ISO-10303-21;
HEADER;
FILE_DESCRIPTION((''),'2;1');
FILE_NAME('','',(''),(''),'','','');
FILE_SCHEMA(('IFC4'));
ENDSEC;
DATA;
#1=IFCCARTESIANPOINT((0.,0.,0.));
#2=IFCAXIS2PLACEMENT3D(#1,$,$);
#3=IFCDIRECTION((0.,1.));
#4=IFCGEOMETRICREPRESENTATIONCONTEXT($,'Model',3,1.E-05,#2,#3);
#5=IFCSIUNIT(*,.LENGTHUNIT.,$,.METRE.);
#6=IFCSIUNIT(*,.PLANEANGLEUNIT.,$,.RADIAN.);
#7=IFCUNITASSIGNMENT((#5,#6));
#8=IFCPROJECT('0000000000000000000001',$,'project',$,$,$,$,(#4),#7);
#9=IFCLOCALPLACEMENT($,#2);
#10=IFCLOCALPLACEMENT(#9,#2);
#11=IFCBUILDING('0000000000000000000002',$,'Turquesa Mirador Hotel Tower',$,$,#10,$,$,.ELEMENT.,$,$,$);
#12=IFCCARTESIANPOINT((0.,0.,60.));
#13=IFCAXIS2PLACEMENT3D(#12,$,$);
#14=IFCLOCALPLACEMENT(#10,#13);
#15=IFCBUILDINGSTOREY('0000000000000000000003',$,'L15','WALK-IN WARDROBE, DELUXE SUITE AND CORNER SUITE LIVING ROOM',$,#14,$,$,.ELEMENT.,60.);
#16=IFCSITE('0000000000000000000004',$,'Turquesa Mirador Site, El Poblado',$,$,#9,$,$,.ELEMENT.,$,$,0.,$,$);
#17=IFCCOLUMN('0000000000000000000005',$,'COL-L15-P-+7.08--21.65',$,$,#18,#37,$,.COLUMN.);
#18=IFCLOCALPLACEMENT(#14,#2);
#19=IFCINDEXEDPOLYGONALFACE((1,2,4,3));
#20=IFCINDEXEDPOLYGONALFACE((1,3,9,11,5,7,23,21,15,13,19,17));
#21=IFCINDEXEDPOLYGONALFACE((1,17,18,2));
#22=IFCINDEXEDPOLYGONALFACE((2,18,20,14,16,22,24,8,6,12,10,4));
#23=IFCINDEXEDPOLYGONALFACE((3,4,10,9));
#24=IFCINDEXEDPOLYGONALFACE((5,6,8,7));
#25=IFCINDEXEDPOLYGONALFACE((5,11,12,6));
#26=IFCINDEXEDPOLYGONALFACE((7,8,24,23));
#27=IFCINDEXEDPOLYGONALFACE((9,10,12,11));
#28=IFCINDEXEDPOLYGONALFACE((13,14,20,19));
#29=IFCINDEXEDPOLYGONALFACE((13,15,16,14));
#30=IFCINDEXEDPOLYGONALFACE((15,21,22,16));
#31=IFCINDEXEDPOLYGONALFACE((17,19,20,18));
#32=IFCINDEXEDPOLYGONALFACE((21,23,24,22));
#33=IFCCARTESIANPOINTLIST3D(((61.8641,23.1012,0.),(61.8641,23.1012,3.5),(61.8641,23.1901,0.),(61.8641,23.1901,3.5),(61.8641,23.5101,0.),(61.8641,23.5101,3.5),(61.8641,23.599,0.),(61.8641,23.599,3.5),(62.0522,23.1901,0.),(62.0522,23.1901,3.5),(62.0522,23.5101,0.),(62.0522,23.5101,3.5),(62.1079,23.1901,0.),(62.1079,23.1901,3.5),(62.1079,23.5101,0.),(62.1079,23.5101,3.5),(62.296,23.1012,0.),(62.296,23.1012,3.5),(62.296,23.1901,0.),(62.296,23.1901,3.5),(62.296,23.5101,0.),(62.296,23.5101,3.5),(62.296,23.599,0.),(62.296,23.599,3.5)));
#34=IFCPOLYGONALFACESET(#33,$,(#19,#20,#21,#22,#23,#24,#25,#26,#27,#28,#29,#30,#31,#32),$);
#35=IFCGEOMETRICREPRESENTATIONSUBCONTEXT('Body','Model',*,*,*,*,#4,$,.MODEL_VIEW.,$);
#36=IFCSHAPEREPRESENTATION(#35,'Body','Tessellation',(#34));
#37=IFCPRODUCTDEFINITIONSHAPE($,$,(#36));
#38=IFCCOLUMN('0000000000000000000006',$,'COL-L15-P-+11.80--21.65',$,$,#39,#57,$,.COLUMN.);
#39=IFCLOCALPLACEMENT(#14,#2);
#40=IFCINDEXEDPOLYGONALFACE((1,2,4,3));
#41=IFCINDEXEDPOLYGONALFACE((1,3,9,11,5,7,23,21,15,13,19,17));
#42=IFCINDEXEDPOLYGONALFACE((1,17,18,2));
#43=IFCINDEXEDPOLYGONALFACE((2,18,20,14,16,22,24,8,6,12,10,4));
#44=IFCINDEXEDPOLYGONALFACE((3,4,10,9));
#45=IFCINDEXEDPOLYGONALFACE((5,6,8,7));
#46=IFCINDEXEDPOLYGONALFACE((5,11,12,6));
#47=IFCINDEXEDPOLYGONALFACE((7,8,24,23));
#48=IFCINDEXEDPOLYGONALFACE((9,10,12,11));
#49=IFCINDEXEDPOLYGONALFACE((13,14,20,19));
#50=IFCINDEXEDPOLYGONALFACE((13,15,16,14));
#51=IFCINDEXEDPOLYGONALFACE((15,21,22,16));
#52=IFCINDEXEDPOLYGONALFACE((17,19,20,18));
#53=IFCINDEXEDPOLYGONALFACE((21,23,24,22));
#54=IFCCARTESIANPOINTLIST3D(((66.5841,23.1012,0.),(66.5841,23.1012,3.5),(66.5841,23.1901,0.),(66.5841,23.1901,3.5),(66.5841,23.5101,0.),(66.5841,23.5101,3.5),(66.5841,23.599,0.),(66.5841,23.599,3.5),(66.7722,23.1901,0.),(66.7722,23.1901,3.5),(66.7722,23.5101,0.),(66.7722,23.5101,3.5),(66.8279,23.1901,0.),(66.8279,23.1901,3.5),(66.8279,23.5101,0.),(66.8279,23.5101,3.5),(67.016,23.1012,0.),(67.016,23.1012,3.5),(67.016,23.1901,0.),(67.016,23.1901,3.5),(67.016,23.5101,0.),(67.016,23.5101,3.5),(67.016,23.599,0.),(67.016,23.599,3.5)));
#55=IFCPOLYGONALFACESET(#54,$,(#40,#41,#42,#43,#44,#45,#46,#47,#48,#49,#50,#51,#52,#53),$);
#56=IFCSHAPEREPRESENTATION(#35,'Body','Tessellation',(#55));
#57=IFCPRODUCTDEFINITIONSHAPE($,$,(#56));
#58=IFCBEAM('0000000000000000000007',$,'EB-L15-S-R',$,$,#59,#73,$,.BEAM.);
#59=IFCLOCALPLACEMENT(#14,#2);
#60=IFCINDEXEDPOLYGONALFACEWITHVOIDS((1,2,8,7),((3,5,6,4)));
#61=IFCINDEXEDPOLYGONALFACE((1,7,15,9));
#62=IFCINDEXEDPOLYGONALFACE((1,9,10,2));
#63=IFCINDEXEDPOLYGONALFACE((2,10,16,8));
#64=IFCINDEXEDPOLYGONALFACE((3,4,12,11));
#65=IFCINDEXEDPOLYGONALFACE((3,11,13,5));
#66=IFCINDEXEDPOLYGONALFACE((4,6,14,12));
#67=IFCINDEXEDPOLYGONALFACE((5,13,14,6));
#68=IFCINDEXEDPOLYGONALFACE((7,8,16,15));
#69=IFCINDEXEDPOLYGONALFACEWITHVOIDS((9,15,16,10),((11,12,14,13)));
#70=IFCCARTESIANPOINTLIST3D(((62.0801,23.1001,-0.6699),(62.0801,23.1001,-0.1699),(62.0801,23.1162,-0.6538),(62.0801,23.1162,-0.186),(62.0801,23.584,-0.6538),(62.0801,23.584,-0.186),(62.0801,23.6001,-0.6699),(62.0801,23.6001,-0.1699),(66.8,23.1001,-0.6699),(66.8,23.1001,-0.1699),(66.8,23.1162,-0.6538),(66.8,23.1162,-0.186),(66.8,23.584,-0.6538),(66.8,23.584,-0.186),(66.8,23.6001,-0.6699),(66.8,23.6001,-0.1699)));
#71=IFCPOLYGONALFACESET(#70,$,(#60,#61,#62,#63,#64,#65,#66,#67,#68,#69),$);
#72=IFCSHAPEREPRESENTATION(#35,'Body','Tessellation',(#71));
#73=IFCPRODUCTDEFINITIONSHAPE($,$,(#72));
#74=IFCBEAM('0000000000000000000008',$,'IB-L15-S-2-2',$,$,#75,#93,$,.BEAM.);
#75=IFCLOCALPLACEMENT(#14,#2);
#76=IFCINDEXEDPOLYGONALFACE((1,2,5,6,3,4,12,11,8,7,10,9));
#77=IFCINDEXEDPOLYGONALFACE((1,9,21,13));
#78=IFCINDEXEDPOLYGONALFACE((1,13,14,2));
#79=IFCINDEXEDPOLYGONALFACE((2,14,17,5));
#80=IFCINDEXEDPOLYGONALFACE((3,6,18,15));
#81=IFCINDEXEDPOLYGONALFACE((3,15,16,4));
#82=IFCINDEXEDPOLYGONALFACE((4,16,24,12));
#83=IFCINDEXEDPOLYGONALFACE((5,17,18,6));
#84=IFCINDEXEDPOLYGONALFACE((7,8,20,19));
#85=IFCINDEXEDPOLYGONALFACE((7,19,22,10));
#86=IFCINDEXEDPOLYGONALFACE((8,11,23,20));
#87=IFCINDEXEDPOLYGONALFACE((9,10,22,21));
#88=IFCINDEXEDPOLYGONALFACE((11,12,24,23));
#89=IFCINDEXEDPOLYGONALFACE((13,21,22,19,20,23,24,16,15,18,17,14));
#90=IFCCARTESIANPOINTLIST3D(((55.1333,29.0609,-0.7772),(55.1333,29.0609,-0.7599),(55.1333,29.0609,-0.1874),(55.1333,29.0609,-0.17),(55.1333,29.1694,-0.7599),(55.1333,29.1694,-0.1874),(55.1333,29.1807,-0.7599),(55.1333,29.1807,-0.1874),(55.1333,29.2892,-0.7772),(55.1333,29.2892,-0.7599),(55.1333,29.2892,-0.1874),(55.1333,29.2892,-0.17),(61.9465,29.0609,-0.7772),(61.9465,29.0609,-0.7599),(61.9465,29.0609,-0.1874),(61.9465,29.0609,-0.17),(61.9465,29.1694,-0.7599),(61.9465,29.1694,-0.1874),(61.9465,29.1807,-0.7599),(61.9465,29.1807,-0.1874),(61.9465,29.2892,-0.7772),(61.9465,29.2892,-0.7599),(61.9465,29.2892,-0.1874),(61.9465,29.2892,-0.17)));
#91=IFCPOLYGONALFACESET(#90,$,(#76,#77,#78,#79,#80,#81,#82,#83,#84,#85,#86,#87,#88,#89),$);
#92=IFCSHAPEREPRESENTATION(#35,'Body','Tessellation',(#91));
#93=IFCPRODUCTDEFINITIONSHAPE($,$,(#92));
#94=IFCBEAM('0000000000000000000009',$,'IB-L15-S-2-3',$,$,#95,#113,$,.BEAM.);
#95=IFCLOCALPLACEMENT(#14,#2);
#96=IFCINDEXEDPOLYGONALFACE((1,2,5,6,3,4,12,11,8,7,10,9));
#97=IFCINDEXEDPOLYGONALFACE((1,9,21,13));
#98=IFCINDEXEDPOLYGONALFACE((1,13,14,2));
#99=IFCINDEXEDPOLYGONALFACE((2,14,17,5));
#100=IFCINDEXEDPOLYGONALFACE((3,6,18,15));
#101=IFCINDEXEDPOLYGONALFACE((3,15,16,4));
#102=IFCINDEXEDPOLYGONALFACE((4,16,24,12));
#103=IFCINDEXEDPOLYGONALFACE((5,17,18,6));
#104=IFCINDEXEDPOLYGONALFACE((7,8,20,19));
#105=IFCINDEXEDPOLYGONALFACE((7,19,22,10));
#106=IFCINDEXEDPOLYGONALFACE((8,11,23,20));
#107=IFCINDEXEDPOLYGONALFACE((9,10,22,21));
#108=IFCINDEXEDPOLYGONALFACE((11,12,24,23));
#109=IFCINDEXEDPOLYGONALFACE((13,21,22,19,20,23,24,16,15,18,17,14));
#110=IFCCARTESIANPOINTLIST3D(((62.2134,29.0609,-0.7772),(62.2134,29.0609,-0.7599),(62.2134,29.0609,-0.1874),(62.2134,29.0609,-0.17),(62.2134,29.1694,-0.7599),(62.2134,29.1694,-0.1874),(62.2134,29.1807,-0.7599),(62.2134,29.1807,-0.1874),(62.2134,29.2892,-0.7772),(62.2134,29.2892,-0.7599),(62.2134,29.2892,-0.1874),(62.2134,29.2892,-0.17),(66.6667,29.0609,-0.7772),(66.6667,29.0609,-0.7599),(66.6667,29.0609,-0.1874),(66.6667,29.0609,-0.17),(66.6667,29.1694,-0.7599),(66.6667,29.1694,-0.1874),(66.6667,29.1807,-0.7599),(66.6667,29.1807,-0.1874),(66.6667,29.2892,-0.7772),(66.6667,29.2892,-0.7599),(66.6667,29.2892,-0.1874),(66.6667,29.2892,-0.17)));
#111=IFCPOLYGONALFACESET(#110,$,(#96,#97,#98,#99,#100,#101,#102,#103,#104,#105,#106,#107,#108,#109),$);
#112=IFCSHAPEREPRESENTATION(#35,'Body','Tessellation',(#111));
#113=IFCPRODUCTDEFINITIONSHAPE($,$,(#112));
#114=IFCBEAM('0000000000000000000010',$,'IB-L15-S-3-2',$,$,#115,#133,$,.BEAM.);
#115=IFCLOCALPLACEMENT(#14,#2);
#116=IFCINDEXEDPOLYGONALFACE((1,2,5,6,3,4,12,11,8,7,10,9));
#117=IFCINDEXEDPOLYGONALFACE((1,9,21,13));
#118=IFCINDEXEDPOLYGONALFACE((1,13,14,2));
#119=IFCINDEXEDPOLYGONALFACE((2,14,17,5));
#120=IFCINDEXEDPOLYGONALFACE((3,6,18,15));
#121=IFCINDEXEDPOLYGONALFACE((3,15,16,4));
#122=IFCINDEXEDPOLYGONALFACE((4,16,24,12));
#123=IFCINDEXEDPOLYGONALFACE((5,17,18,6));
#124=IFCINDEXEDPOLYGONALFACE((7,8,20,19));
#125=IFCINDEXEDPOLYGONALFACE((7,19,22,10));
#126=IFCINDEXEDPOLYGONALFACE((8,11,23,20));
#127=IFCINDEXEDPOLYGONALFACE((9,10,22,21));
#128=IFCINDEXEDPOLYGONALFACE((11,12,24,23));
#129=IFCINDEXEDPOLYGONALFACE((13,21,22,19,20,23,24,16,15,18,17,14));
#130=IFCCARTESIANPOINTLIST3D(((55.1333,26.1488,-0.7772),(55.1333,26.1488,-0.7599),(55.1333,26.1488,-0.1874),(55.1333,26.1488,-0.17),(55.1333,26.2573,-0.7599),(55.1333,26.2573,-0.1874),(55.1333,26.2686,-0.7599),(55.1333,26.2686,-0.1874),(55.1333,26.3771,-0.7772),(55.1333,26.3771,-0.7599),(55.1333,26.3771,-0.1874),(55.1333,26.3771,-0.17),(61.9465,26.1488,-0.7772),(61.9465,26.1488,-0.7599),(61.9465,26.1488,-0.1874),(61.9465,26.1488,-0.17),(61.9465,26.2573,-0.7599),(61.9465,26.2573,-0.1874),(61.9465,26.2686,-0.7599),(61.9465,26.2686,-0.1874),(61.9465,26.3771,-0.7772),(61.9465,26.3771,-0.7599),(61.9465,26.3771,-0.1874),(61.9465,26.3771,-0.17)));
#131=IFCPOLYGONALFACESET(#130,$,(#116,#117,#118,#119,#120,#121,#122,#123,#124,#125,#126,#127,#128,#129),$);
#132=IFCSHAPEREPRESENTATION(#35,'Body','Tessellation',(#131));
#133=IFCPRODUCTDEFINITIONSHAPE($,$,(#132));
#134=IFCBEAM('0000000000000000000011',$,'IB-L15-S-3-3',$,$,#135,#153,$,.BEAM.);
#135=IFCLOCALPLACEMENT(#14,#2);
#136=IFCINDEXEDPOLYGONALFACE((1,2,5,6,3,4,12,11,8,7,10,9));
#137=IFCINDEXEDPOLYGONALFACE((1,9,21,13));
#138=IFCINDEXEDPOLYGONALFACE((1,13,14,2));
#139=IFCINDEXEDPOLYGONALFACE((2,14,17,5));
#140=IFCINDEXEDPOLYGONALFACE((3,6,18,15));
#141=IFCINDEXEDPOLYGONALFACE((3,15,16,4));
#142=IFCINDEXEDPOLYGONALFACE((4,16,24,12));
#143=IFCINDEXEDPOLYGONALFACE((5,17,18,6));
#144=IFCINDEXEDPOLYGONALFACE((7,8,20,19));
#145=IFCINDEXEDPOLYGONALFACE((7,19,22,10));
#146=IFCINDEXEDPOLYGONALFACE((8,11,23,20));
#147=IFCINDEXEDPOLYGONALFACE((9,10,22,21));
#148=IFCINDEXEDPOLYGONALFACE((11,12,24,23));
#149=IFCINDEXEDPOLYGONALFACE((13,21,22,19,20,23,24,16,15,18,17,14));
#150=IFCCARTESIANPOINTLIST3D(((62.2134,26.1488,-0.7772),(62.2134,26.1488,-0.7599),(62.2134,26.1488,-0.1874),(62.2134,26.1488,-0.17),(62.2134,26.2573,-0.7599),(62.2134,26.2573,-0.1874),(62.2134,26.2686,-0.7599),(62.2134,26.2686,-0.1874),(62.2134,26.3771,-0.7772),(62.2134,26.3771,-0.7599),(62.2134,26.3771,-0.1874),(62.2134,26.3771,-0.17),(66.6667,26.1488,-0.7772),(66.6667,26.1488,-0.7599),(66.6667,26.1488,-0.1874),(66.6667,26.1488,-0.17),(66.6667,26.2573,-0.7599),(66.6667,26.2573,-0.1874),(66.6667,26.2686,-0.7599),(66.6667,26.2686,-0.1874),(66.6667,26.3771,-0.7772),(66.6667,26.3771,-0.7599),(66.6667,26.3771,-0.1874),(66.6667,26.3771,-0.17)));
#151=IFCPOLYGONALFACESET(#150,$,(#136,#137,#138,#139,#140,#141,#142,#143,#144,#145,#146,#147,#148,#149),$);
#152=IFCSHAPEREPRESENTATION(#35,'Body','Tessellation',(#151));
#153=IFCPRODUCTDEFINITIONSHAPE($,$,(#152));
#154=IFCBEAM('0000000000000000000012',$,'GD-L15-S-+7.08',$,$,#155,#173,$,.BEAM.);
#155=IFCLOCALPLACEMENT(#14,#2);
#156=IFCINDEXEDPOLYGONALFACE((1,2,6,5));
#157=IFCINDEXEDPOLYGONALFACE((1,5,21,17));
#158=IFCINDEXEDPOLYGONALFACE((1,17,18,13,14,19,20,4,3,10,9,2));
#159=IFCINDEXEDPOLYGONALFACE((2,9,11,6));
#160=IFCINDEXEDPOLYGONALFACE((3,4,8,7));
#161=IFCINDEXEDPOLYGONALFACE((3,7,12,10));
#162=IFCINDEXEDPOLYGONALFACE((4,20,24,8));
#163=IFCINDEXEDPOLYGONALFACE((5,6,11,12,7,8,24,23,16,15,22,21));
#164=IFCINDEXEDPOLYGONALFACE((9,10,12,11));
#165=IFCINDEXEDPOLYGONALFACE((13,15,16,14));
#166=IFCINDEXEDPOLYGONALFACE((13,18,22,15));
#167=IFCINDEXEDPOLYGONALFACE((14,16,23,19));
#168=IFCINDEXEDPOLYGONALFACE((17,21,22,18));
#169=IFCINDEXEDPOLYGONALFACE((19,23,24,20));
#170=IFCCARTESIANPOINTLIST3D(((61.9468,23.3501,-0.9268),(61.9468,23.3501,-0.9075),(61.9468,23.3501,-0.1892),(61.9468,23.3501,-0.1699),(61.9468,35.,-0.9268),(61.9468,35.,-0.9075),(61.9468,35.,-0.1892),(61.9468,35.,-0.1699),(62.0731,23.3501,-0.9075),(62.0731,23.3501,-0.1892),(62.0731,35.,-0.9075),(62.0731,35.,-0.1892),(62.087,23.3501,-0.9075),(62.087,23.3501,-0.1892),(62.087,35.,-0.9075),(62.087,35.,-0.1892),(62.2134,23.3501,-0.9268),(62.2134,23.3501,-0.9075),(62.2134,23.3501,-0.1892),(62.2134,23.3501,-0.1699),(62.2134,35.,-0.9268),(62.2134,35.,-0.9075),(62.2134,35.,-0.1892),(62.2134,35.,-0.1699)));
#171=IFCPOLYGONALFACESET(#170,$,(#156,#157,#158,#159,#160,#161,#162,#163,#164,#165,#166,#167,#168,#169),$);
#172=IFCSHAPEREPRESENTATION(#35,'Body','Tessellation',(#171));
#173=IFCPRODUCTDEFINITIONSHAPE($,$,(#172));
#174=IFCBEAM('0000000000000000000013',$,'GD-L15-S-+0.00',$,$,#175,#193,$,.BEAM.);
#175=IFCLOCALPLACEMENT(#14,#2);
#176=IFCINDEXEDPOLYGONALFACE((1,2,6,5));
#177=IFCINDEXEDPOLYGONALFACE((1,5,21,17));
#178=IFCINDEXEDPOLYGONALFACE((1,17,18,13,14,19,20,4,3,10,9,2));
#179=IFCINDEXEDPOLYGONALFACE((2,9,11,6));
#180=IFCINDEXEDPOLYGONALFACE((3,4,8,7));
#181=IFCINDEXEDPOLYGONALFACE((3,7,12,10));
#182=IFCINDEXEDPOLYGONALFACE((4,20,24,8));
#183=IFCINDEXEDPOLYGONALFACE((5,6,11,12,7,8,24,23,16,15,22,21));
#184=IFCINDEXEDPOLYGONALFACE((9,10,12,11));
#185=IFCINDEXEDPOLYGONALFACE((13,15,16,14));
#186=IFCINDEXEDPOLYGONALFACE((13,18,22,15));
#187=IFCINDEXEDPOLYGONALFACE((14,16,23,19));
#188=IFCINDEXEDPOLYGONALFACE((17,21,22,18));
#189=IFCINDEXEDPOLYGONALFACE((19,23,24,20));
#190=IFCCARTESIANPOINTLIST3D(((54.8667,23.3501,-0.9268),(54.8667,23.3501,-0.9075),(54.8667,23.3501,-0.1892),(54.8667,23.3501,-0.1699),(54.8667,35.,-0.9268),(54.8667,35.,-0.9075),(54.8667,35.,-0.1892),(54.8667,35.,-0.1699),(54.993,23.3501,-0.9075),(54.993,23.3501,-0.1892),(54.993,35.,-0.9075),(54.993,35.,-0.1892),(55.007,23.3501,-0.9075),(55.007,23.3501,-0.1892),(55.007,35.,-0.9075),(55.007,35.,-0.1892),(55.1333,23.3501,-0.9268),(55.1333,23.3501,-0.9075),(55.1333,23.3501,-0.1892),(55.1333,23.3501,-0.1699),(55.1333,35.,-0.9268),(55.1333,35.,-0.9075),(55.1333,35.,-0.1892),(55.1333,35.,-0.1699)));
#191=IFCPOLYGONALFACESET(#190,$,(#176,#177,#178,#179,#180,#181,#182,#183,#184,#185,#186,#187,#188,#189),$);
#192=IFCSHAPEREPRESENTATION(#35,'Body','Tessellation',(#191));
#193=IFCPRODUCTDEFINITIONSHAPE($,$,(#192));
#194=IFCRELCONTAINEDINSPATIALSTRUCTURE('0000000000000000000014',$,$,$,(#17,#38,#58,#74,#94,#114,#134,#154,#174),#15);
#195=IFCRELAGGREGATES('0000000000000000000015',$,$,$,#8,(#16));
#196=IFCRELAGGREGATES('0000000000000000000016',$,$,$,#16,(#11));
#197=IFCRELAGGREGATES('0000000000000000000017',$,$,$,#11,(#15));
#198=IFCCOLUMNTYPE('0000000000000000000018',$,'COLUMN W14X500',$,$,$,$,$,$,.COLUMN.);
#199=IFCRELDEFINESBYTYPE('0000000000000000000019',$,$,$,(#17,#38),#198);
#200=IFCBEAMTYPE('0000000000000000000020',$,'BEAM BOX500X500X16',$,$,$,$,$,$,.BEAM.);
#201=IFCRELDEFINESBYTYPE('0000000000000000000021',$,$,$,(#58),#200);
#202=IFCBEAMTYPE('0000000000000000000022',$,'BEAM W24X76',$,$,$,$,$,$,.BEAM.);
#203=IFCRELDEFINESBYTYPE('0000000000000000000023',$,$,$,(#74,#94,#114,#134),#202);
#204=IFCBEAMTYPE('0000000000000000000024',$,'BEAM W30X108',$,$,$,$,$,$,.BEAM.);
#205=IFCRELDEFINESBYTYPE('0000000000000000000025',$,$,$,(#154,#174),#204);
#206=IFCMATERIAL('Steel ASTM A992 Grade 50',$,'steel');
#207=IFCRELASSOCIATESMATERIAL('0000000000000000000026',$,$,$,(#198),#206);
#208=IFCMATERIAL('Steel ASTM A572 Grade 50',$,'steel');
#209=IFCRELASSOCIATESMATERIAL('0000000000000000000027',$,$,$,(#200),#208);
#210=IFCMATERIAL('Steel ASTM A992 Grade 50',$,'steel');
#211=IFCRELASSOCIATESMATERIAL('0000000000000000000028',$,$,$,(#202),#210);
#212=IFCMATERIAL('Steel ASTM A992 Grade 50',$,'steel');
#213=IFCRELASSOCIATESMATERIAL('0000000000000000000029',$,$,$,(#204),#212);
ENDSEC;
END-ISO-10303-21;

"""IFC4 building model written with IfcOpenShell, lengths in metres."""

from ifc_helpers import new_model, si_unit, direction, frame, origin, origin_2d, place, context, subcontext, project, spatial, hollow_rectangle, i_section, extrude, material, material_profile, profile_set, type_object, element, save


model = new_model("IFC4")

# Units and contexts
model_context = context("Model", 3, precision=1e-05, world=origin(), true_north=direction((0.0, 1.0)))
body_context = subcontext(model_context, "Body", "Model", "MODEL_VIEW")
ifc_project = project(units=[si_unit("LENGTHUNIT", "METRE"), si_unit("PLANEANGLEUNIT", "RADIAN")], contexts=[model_context])

# Site, building, storey
site_placement = place(None, origin())
site = spatial("IfcSite", under=ifc_project, at=site_placement, Name="Turquesa Mirador Site, El Poblado", CompositionType="ELEMENT", RefElevation=0.0)
building_placement = place(site_placement, origin())
building = spatial("IfcBuilding", under=site, at=building_placement, Name="Turquesa Mirador Hotel Tower", CompositionType="ELEMENT")
storey_placement = place(building_placement, frame((0.0, 0.0, 60.0)))
storey = spatial("IfcBuildingStorey", under=building, at=storey_placement, Name="L15", Description="WALK-IN WARDROBE, DELUXE SUITE AND CORNER SUITE LIVING ROOM", CompositionType="ELEMENT", Elevation=60.0)

# Columns
ifc_material_1 = material(Name="Steel ASTM A992 Grade 50", Category="steel")
ifc_material_profile_1 = material_profile(ifc_material_1, i_section(OverallWidth=0.4319, OverallDepth=0.4978, WebThickness=0.0557, FlangeThickness=0.0889, at=origin_2d()), Name="W14X500")
ifc_profile_set_1 = profile_set([ifc_material_profile_1], Name="Steel ASTM A992 Grade 50")
column_type = type_object("IfcColumnType", Name="COLUMN W14X500", PredefinedType="COLUMN", material=ifc_profile_set_1)
for number, where, z_axis, x_axis, name in (
    (1, (62.0801, 23.3501, 0.0), (0.0, 0.0, 1.0), (1.0, 0.0, 0.0), "COL-L15-P-+7.08--21.65"),
    (2, (66.8, 23.3501, 0.0), (0.0, 0.0, 1.0), (1.0, 0.0, 0.0), "COL-L15-P-+11.80--21.65"),
):
    element("IfcColumn", number, at=place(storey_placement, frame(where, z_axis=z_axis, x_axis=x_axis)), inside=storey, type_object=column_type, Name=name, PredefinedType="COLUMN", context=body_context, shape_type="SweptSolid", body=[
        extrude(i_section(OverallWidth=0.4319, OverallDepth=0.4978, WebThickness=0.0557, FlangeThickness=0.0889, at=origin_2d()), origin(), (0.0, 0.0, 1.0), 3.5),
    ])

# Beams
ifc_material_2 = material(Name="Steel ASTM A572 Grade 50", Category="steel")
ifc_material_profile_2 = material_profile(ifc_material_2, hollow_rectangle(XDim=0.5, YDim=0.5, WallThickness=0.0161, at=origin_2d()), Name="BOX500X500X16")
ifc_profile_set_2 = profile_set([ifc_material_profile_2], Name="Steel ASTM A572 Grade 50")
beam_type_1 = type_object("IfcBeamType", Name="BEAM BOX500X500X16", PredefinedType="BEAM", material=ifc_profile_set_2)
beam_1_placement = place(storey_placement, frame((62.0801, 23.3501, -0.4199), z_axis=(1.0, 0.0, 0.0), x_axis=(0.0, 1.0, 0.0)))
element("IfcBeam", 3, at=beam_1_placement, inside=storey, type_object=beam_type_1, Name="EB-L15-S-R", PredefinedType="BEAM", context=body_context, shape_type="SweptSolid", body=[
    extrude(hollow_rectangle(XDim=0.5, YDim=0.5, WallThickness=0.0161, at=origin_2d()), origin(), (0.0, 0.0, 1.0), 4.72),
])
ifc_material_3 = material(Name="Steel ASTM A992 Grade 50", Category="steel")
ifc_material_profile_3 = material_profile(ifc_material_3, i_section(OverallWidth=0.2283, OverallDepth=0.6072, WebThickness=0.0112, FlangeThickness=0.0173, at=origin_2d()), Name="W24X76")
ifc_profile_set_3 = profile_set([ifc_material_profile_3], Name="Steel ASTM A992 Grade 50")
beam_type_2 = type_object("IfcBeamType", Name="BEAM W24X76", PredefinedType="BEAM", material=ifc_profile_set_3)
beam_2_placement = place(storey_placement, frame((55.1333, 29.175, -0.4736), z_axis=(1.0, 0.0, 0.0), x_axis=(0.0, 1.0, 0.0)))
element("IfcBeam", 4, at=beam_2_placement, inside=storey, type_object=beam_type_2, Name="IB-L15-S-2-2", PredefinedType="BEAM", context=body_context, shape_type="SweptSolid", body=[
    extrude(i_section(OverallWidth=0.2283, OverallDepth=0.6072, WebThickness=0.0112, FlangeThickness=0.0173, at=origin_2d()), origin(), (0.0, 0.0, 1.0), 6.8132),
])
beam_3_placement = place(storey_placement, frame((62.2134, 29.175, -0.4736), z_axis=(1.0, 0.0, 0.0), x_axis=(0.0, 1.0, 0.0)))
element("IfcBeam", 5, at=beam_3_placement, inside=storey, type_object=beam_type_2, Name="IB-L15-S-2-3", PredefinedType="BEAM", context=body_context, shape_type="SweptSolid", body=[
    extrude(i_section(OverallWidth=0.2283, OverallDepth=0.6072, WebThickness=0.0112, FlangeThickness=0.0173, at=origin_2d()), origin(), (0.0, 0.0, 1.0), 4.4534),
])
beam_4_placement = place(storey_placement, frame((55.1333, 26.2629, -0.4736), z_axis=(1.0, 0.0, 0.0), x_axis=(0.0, 1.0, 0.0)))
element("IfcBeam", 6, at=beam_4_placement, inside=storey, type_object=beam_type_2, Name="IB-L15-S-3-2", PredefinedType="BEAM", context=body_context, shape_type="SweptSolid", body=[
    extrude(i_section(OverallWidth=0.2283, OverallDepth=0.6072, WebThickness=0.0112, FlangeThickness=0.0173, at=origin_2d()), origin(), (0.0, 0.0, 1.0), 6.8132),
])
beam_5_placement = place(storey_placement, frame((62.2134, 26.2629, -0.4736), z_axis=(1.0, 0.0, 0.0), x_axis=(0.0, 1.0, 0.0)))
element("IfcBeam", 7, at=beam_5_placement, inside=storey, type_object=beam_type_2, Name="IB-L15-S-3-3", PredefinedType="BEAM", context=body_context, shape_type="SweptSolid", body=[
    extrude(i_section(OverallWidth=0.2283, OverallDepth=0.6072, WebThickness=0.0112, FlangeThickness=0.0173, at=origin_2d()), origin(), (0.0, 0.0, 1.0), 4.4534),
])
ifc_material_4 = material(Name="Steel ASTM A992 Grade 50", Category="steel")
ifc_material_profile_4 = material_profile(ifc_material_4, i_section(OverallWidth=0.2666, OverallDepth=0.7568, WebThickness=0.0139, FlangeThickness=0.0193, at=origin_2d()), Name="W30X108")
ifc_profile_set_4 = profile_set([ifc_material_profile_4], Name="Steel ASTM A992 Grade 50")
beam_type_3 = type_object("IfcBeamType", Name="BEAM W30X108", PredefinedType="BEAM", material=ifc_profile_set_4)
for number, where, z_axis, x_axis, name in (
    (8, (62.0801, 23.3501, -0.5483), (0.0, 1.0, 0.0), (-1.0, 0.0, 0.0), "GD-L15-S-+7.08"),
    (9, (55.0, 23.3501, -0.5483), (0.0, 1.0, 0.0), (-1.0, 0.0, 0.0), "GD-L15-S-+0.00"),
):
    element("IfcBeam", number, at=place(storey_placement, frame(where, z_axis=z_axis, x_axis=x_axis)), inside=storey, type_object=beam_type_3, Name=name, PredefinedType="BEAM", context=body_context, shape_type="SweptSolid", body=[
        extrude(i_section(OverallWidth=0.2666, OverallDepth=0.7568, WebThickness=0.0139, FlangeThickness=0.0193, at=origin_2d()), origin(), (0.0, 0.0, 1.0), 11.6499),
    ])

save(model, "model.ifc")
